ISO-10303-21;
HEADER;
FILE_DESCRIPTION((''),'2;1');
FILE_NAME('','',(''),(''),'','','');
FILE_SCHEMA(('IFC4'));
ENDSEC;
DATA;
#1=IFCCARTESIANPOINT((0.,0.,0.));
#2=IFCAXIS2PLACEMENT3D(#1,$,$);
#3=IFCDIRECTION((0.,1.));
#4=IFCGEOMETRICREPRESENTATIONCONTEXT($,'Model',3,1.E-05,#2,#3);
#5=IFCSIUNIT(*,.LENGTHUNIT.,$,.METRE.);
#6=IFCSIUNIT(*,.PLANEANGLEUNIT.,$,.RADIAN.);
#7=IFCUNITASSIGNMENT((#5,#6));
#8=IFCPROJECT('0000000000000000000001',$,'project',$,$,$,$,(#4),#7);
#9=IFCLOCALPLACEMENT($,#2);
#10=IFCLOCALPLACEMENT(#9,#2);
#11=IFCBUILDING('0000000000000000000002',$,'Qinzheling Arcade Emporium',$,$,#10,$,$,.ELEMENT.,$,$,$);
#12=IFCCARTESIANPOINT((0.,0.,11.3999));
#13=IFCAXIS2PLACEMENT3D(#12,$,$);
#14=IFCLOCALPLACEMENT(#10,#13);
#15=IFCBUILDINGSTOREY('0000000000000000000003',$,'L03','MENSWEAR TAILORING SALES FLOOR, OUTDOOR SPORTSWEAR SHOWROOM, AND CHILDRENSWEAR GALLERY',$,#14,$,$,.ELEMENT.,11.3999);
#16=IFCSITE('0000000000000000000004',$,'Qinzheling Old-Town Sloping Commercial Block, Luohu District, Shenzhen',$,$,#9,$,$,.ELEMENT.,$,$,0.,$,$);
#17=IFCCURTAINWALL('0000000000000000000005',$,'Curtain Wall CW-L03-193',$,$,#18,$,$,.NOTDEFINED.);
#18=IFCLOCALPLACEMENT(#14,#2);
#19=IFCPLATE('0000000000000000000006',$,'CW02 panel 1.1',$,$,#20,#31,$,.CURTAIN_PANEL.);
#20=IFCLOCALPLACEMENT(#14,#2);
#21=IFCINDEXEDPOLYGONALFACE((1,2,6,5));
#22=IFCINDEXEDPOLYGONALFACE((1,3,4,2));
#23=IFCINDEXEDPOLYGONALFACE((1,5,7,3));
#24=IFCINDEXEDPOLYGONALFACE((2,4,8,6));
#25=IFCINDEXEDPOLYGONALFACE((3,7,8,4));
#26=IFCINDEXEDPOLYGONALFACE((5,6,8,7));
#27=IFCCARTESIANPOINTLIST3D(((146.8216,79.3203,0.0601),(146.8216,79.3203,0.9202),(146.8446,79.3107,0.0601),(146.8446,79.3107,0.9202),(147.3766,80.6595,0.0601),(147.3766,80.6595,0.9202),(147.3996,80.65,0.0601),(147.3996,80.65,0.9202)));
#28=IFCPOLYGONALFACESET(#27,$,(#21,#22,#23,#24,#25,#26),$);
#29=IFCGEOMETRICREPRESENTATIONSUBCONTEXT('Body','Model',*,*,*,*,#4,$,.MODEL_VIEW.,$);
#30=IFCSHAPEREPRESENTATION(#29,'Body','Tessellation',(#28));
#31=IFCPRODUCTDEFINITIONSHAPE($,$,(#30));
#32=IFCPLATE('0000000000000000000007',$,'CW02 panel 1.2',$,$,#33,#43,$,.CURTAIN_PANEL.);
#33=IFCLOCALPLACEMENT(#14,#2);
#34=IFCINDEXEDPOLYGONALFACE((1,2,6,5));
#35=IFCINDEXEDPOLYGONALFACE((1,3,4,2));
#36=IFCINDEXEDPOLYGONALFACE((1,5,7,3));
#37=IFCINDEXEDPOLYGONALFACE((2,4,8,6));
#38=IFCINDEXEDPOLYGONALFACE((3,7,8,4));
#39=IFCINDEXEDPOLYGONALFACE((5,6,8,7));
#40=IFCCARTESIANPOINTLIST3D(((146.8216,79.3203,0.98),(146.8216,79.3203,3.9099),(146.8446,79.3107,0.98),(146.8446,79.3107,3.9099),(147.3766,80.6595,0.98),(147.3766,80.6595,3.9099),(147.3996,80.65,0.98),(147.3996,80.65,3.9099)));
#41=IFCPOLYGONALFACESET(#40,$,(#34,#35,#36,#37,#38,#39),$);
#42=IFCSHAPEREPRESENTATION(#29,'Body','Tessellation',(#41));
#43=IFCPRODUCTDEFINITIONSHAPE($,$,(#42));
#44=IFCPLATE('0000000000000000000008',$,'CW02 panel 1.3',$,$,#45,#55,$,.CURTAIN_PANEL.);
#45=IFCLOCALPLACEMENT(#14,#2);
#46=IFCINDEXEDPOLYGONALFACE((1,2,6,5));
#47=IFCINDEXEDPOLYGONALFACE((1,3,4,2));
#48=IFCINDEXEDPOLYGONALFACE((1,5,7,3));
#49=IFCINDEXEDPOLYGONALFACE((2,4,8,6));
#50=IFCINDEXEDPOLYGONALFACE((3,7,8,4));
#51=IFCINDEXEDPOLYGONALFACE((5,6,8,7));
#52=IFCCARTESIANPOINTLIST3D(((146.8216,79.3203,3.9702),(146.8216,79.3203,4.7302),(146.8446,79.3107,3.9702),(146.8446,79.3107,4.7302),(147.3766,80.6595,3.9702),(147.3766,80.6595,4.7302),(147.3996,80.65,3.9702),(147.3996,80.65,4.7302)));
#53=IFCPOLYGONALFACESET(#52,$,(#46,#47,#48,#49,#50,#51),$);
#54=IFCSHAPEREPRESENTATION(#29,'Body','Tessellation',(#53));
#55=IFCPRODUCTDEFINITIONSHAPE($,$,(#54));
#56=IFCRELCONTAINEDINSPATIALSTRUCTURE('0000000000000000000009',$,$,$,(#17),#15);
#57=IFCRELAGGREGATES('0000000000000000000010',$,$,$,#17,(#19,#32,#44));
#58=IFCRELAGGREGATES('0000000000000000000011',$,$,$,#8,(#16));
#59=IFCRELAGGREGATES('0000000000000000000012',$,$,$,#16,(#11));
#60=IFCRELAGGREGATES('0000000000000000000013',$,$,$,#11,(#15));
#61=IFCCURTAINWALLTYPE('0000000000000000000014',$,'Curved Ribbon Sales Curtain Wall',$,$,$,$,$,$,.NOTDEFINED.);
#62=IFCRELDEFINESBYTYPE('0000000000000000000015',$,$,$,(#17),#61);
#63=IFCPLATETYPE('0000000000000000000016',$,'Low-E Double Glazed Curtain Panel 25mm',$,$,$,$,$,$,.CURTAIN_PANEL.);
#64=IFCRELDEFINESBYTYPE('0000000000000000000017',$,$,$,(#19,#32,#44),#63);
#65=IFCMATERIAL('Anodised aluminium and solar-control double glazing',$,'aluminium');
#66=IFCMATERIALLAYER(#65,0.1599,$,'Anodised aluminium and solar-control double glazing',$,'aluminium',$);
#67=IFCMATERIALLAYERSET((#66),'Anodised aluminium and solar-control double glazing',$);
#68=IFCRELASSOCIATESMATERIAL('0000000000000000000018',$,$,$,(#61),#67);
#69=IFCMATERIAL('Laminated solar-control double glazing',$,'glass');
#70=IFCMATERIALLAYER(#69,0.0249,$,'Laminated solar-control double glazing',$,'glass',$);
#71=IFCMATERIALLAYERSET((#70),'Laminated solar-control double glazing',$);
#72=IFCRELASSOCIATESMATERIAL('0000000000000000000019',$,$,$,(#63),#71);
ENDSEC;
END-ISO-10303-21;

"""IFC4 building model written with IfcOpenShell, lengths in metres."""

from ifc_helpers import new_model, si_unit, direction, frame, origin, origin_2d, place, context, subcontext, project, spatial, rectangle, extrude, material, layer, layer_set, type_object, element, aggregate, save


model = new_model("IFC4")

# Units and contexts
model_context = context("Model", 3, precision=1e-05, world=origin(), true_north=direction((0.0, 1.0)))
body_context = subcontext(model_context, "Body", "Model", "MODEL_VIEW")
ifc_project = project(units=[si_unit("LENGTHUNIT", "METRE"), si_unit("PLANEANGLEUNIT", "RADIAN")], contexts=[model_context])

# Site, building, storey
site_placement = place(None, origin())
site = spatial("IfcSite", under=ifc_project, at=site_placement, Name="Qinzheling Old-Town Sloping Commercial Block, Luohu District, Shenzhen", CompositionType="ELEMENT", RefElevation=0.0)
building_placement = place(site_placement, origin())
building = spatial("IfcBuilding", under=site, at=building_placement, Name="Qinzheling Arcade Emporium", CompositionType="ELEMENT")
storey_placement = place(building_placement, frame((0.0, 0.0, 11.3999)))
storey = spatial("IfcBuildingStorey", under=building, at=storey_placement, Name="L03", Description="MENSWEAR TAILORING SALES FLOOR, OUTDOOR SPORTSWEAR SHOWROOM, AND CHILDRENSWEAR GALLERY", CompositionType="ELEMENT", Elevation=11.3999)

# Curtain wall
ifc_material_1 = material(Name="Anodised aluminium and solar-control double glazing", Category="aluminium")
ifc_layer_1 = layer(ifc_material_1, 0.1599, Name="Anodised aluminium and solar-control double glazing", Category="aluminium")
ifc_layer_set_1 = layer_set([ifc_layer_1], Name="Anodised aluminium and solar-control double glazing")
curtain_wall_type = type_object("IfcCurtainWallType", Name="Curved Ribbon Sales Curtain Wall", PredefinedType="NOTDEFINED", material=ifc_layer_set_1)
curtain_wall_1_placement = place(storey_placement, origin())
curtain_wall_1 = element("IfcCurtainWall", 1, at=curtain_wall_1_placement, inside=storey, type_object=curtain_wall_type, Name="Curtain Wall CW-L03-193", PredefinedType="NOTDEFINED")

# Plates
ifc_material_2 = material(Name="Laminated solar-control double glazing", Category="glass")
ifc_layer_2 = layer(ifc_material_2, 0.0249, Name="Laminated solar-control double glazing", Category="glass")
ifc_layer_set_2 = layer_set([ifc_layer_2], Name="Laminated solar-control double glazing")
plate_type = type_object("IfcPlateType", Name="Low-E Double Glazed Curtain Panel 25mm", PredefinedType="CURTAIN_PANEL", material=ifc_layer_set_2)
plate_1_placement = place(storey_placement, frame((147.1106, 79.9851, 0.0601), z_axis=(0.0, 0.0, 1.0), x_axis=(-0.382896, -0.923792, 0.0)))
plate_1 = element("IfcPlate", 2, at=plate_1_placement, type_object=plate_type, Name="CW02 panel 1.1", PredefinedType="CURTAIN_PANEL", context=body_context, shape_type="SweptSolid", body=[
    extrude(rectangle(XDim=1.4497, YDim=0.0249, at=origin_2d()), origin(), (0.0, 0.0, 1.0), 0.8601),
])
plate_2_placement = place(storey_placement, frame((147.1106, 79.9851, 0.98), z_axis=(0.0, 0.0, 1.0), x_axis=(-0.382896, -0.923792, 0.0)))
plate_2 = element("IfcPlate", 3, at=plate_2_placement, type_object=plate_type, Name="CW02 panel 1.2", PredefinedType="CURTAIN_PANEL", context=body_context, shape_type="SweptSolid", body=[
    extrude(rectangle(XDim=1.4497, YDim=0.0249, at=origin_2d()), origin(), (0.0, 0.0, 1.0), 2.9299),
])
plate_3_placement = place(storey_placement, frame((147.1106, 79.9851, 3.9702), z_axis=(0.0, 0.0, 1.0), x_axis=(-0.382896, -0.923792, 0.0)))
plate_3 = element("IfcPlate", 4, at=plate_3_placement, type_object=plate_type, Name="CW02 panel 1.3", PredefinedType="CURTAIN_PANEL", context=body_context, shape_type="SweptSolid", body=[
    extrude(rectangle(XDim=1.4497, YDim=0.0249, at=origin_2d()), origin(), (0.0, 0.0, 1.0), 0.76),
])
aggregate(curtain_wall_1, [plate_1, plate_2, plate_3])

save(model, "model.ifc")
